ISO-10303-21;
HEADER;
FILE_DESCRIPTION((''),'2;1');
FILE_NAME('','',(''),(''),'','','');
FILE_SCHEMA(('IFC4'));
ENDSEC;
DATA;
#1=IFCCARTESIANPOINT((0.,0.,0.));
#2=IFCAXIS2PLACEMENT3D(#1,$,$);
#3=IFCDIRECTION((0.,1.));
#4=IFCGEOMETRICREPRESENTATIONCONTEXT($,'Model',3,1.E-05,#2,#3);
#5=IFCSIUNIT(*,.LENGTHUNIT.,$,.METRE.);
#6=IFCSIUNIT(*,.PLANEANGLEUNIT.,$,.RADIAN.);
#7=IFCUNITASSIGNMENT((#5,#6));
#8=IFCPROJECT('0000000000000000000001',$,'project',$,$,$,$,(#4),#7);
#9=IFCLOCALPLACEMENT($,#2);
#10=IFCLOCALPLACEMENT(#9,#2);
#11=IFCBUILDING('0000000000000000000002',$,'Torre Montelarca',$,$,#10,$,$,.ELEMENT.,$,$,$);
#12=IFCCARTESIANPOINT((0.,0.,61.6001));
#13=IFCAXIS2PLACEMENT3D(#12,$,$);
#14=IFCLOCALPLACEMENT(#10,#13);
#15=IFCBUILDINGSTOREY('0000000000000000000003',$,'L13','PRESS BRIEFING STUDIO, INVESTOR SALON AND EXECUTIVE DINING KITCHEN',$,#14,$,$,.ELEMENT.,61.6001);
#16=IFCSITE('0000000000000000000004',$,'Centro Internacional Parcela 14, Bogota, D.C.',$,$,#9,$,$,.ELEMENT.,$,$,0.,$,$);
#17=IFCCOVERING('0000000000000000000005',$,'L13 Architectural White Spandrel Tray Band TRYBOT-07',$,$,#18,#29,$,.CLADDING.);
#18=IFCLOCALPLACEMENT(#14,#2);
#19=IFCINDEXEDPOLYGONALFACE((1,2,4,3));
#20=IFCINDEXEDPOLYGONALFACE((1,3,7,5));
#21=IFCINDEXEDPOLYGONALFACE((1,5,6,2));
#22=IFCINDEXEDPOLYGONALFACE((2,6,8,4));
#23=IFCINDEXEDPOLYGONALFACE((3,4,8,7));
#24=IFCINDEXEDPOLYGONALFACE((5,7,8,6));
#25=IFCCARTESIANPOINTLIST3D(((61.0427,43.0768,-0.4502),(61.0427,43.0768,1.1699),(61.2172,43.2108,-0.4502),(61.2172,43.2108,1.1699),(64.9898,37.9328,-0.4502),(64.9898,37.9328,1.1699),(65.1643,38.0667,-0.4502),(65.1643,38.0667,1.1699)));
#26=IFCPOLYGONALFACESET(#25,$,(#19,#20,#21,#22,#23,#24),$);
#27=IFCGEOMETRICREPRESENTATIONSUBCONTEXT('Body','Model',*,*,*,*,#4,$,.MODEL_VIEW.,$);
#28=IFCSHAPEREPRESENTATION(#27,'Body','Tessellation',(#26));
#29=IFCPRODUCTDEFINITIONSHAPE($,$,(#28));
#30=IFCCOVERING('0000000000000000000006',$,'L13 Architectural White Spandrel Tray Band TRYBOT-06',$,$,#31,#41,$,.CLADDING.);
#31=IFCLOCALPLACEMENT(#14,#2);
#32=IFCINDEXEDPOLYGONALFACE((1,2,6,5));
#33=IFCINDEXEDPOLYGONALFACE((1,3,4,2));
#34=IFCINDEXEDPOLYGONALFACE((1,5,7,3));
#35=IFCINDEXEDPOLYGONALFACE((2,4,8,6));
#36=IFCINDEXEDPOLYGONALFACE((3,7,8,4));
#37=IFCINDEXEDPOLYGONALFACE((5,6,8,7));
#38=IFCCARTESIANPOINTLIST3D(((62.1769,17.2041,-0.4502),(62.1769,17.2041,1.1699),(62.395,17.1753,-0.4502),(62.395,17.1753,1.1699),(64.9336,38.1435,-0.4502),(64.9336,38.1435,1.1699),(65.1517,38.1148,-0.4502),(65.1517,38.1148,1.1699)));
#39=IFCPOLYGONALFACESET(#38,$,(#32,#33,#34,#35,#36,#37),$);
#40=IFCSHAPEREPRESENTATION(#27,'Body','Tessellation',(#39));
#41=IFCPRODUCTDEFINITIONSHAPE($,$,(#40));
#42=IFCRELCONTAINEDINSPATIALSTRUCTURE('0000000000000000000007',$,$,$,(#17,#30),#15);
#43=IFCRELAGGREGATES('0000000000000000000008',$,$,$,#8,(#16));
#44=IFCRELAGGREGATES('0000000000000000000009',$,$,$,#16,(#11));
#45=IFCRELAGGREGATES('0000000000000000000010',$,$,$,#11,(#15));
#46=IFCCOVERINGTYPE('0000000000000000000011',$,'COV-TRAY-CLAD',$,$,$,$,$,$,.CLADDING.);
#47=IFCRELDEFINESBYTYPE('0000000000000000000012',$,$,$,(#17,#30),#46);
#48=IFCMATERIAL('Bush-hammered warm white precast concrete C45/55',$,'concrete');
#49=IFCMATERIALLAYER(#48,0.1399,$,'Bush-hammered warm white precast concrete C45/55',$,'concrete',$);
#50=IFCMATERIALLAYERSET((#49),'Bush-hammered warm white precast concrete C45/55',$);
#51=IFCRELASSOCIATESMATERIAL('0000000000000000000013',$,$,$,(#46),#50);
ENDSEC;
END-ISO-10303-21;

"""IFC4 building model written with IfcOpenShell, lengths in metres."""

from ifc_helpers import new_model, si_unit, direction, frame, origin, origin_2d, place, context, subcontext, project, spatial, rectangle, extrude, source, transform, mapped, material, layer, layer_set, type_object, element, save


model = new_model("IFC4")

# Units and contexts
model_context = context("Model", 3, precision=1e-05, world=origin(), true_north=direction((0.0, 1.0)))
body_context = subcontext(model_context, "Body", "Model", "MODEL_VIEW")
ifc_project = project(units=[si_unit("LENGTHUNIT", "METRE"), si_unit("PLANEANGLEUNIT", "RADIAN")], contexts=[model_context])

# Site, building, storey
site_placement = place(None, origin())
site = spatial("IfcSite", under=ifc_project, at=site_placement, Name="Centro Internacional Parcela 14, Bogota, D.C.", CompositionType="ELEMENT", RefElevation=0.0)
building_placement = place(site_placement, origin())
building = spatial("IfcBuilding", under=site, at=building_placement, Name="Torre Montelarca", CompositionType="ELEMENT")
storey_placement = place(building_placement, frame((0.0, 0.0, 61.6001)))
storey = spatial("IfcBuildingStorey", under=building, at=storey_placement, Name="L13", Description="PRESS BRIEFING STUDIO, INVESTOR SALON AND EXECUTIVE DINING KITCHEN", CompositionType="ELEMENT", Elevation=61.6001)

# Coverings
ifc_material_1 = material(Name="Bush-hammered warm white precast concrete C45/55", Category="concrete")
ifc_layer_1 = layer(ifc_material_1, 0.1399, Name="Bush-hammered warm white precast concrete C45/55", Category="concrete")
ifc_layer_set_1 = layer_set([ifc_layer_1], Name="Bush-hammered warm white precast concrete C45/55")
covering_type = type_object("IfcCoveringType", Name="COV-TRAY-CLAD", PredefinedType="CLADDING", material=ifc_layer_set_1)
shared_shape_1 = source(origin(), body_context, "Body", "SweptSolid", [
    extrude(rectangle(XDim=6.4839, YDim=0.22, at=origin_2d()), origin(), (0.0, 0.0, 1.0), 1.6201),
])
covering_1_placement = place(storey_placement, frame((63.1035, 40.5718, -0.4502), z_axis=(0.0, 0.0, 1.0), x_axis=(-0.608756, 0.793358, 0.0)))
element("IfcCovering", 1, at=covering_1_placement, inside=storey, type_object=covering_type, Name="L13 Architectural White Spandrel Tray Band TRYBOT-07", PredefinedType="CLADDING", context=body_context, shape_type="MappedRepresentation", body=[
    mapped(shared_shape_1, transform((0.0, 0.0, 0.0), scale=1.0)),
])
shared_shape_2 = source(origin(), body_context, "Body", "SweptSolid", [
    extrude(rectangle(XDim=21.1201, YDim=0.22, at=origin_2d()), origin(), (0.0, 0.0, 1.0), 1.6201),
])
covering_2_placement = place(storey_placement, frame((63.6643, 27.6594, -0.4502), z_axis=(0.0, 0.0, 1.0), x_axis=(0.130524, 0.991445, 0.0)))
element("IfcCovering", 2, at=covering_2_placement, inside=storey, type_object=covering_type, Name="L13 Architectural White Spandrel Tray Band TRYBOT-06", PredefinedType="CLADDING", context=body_context, shape_type="MappedRepresentation", body=[
    mapped(shared_shape_2, transform((0.0, 0.0, 0.0), scale=1.0)),
])

save(model, "model.ifc")
